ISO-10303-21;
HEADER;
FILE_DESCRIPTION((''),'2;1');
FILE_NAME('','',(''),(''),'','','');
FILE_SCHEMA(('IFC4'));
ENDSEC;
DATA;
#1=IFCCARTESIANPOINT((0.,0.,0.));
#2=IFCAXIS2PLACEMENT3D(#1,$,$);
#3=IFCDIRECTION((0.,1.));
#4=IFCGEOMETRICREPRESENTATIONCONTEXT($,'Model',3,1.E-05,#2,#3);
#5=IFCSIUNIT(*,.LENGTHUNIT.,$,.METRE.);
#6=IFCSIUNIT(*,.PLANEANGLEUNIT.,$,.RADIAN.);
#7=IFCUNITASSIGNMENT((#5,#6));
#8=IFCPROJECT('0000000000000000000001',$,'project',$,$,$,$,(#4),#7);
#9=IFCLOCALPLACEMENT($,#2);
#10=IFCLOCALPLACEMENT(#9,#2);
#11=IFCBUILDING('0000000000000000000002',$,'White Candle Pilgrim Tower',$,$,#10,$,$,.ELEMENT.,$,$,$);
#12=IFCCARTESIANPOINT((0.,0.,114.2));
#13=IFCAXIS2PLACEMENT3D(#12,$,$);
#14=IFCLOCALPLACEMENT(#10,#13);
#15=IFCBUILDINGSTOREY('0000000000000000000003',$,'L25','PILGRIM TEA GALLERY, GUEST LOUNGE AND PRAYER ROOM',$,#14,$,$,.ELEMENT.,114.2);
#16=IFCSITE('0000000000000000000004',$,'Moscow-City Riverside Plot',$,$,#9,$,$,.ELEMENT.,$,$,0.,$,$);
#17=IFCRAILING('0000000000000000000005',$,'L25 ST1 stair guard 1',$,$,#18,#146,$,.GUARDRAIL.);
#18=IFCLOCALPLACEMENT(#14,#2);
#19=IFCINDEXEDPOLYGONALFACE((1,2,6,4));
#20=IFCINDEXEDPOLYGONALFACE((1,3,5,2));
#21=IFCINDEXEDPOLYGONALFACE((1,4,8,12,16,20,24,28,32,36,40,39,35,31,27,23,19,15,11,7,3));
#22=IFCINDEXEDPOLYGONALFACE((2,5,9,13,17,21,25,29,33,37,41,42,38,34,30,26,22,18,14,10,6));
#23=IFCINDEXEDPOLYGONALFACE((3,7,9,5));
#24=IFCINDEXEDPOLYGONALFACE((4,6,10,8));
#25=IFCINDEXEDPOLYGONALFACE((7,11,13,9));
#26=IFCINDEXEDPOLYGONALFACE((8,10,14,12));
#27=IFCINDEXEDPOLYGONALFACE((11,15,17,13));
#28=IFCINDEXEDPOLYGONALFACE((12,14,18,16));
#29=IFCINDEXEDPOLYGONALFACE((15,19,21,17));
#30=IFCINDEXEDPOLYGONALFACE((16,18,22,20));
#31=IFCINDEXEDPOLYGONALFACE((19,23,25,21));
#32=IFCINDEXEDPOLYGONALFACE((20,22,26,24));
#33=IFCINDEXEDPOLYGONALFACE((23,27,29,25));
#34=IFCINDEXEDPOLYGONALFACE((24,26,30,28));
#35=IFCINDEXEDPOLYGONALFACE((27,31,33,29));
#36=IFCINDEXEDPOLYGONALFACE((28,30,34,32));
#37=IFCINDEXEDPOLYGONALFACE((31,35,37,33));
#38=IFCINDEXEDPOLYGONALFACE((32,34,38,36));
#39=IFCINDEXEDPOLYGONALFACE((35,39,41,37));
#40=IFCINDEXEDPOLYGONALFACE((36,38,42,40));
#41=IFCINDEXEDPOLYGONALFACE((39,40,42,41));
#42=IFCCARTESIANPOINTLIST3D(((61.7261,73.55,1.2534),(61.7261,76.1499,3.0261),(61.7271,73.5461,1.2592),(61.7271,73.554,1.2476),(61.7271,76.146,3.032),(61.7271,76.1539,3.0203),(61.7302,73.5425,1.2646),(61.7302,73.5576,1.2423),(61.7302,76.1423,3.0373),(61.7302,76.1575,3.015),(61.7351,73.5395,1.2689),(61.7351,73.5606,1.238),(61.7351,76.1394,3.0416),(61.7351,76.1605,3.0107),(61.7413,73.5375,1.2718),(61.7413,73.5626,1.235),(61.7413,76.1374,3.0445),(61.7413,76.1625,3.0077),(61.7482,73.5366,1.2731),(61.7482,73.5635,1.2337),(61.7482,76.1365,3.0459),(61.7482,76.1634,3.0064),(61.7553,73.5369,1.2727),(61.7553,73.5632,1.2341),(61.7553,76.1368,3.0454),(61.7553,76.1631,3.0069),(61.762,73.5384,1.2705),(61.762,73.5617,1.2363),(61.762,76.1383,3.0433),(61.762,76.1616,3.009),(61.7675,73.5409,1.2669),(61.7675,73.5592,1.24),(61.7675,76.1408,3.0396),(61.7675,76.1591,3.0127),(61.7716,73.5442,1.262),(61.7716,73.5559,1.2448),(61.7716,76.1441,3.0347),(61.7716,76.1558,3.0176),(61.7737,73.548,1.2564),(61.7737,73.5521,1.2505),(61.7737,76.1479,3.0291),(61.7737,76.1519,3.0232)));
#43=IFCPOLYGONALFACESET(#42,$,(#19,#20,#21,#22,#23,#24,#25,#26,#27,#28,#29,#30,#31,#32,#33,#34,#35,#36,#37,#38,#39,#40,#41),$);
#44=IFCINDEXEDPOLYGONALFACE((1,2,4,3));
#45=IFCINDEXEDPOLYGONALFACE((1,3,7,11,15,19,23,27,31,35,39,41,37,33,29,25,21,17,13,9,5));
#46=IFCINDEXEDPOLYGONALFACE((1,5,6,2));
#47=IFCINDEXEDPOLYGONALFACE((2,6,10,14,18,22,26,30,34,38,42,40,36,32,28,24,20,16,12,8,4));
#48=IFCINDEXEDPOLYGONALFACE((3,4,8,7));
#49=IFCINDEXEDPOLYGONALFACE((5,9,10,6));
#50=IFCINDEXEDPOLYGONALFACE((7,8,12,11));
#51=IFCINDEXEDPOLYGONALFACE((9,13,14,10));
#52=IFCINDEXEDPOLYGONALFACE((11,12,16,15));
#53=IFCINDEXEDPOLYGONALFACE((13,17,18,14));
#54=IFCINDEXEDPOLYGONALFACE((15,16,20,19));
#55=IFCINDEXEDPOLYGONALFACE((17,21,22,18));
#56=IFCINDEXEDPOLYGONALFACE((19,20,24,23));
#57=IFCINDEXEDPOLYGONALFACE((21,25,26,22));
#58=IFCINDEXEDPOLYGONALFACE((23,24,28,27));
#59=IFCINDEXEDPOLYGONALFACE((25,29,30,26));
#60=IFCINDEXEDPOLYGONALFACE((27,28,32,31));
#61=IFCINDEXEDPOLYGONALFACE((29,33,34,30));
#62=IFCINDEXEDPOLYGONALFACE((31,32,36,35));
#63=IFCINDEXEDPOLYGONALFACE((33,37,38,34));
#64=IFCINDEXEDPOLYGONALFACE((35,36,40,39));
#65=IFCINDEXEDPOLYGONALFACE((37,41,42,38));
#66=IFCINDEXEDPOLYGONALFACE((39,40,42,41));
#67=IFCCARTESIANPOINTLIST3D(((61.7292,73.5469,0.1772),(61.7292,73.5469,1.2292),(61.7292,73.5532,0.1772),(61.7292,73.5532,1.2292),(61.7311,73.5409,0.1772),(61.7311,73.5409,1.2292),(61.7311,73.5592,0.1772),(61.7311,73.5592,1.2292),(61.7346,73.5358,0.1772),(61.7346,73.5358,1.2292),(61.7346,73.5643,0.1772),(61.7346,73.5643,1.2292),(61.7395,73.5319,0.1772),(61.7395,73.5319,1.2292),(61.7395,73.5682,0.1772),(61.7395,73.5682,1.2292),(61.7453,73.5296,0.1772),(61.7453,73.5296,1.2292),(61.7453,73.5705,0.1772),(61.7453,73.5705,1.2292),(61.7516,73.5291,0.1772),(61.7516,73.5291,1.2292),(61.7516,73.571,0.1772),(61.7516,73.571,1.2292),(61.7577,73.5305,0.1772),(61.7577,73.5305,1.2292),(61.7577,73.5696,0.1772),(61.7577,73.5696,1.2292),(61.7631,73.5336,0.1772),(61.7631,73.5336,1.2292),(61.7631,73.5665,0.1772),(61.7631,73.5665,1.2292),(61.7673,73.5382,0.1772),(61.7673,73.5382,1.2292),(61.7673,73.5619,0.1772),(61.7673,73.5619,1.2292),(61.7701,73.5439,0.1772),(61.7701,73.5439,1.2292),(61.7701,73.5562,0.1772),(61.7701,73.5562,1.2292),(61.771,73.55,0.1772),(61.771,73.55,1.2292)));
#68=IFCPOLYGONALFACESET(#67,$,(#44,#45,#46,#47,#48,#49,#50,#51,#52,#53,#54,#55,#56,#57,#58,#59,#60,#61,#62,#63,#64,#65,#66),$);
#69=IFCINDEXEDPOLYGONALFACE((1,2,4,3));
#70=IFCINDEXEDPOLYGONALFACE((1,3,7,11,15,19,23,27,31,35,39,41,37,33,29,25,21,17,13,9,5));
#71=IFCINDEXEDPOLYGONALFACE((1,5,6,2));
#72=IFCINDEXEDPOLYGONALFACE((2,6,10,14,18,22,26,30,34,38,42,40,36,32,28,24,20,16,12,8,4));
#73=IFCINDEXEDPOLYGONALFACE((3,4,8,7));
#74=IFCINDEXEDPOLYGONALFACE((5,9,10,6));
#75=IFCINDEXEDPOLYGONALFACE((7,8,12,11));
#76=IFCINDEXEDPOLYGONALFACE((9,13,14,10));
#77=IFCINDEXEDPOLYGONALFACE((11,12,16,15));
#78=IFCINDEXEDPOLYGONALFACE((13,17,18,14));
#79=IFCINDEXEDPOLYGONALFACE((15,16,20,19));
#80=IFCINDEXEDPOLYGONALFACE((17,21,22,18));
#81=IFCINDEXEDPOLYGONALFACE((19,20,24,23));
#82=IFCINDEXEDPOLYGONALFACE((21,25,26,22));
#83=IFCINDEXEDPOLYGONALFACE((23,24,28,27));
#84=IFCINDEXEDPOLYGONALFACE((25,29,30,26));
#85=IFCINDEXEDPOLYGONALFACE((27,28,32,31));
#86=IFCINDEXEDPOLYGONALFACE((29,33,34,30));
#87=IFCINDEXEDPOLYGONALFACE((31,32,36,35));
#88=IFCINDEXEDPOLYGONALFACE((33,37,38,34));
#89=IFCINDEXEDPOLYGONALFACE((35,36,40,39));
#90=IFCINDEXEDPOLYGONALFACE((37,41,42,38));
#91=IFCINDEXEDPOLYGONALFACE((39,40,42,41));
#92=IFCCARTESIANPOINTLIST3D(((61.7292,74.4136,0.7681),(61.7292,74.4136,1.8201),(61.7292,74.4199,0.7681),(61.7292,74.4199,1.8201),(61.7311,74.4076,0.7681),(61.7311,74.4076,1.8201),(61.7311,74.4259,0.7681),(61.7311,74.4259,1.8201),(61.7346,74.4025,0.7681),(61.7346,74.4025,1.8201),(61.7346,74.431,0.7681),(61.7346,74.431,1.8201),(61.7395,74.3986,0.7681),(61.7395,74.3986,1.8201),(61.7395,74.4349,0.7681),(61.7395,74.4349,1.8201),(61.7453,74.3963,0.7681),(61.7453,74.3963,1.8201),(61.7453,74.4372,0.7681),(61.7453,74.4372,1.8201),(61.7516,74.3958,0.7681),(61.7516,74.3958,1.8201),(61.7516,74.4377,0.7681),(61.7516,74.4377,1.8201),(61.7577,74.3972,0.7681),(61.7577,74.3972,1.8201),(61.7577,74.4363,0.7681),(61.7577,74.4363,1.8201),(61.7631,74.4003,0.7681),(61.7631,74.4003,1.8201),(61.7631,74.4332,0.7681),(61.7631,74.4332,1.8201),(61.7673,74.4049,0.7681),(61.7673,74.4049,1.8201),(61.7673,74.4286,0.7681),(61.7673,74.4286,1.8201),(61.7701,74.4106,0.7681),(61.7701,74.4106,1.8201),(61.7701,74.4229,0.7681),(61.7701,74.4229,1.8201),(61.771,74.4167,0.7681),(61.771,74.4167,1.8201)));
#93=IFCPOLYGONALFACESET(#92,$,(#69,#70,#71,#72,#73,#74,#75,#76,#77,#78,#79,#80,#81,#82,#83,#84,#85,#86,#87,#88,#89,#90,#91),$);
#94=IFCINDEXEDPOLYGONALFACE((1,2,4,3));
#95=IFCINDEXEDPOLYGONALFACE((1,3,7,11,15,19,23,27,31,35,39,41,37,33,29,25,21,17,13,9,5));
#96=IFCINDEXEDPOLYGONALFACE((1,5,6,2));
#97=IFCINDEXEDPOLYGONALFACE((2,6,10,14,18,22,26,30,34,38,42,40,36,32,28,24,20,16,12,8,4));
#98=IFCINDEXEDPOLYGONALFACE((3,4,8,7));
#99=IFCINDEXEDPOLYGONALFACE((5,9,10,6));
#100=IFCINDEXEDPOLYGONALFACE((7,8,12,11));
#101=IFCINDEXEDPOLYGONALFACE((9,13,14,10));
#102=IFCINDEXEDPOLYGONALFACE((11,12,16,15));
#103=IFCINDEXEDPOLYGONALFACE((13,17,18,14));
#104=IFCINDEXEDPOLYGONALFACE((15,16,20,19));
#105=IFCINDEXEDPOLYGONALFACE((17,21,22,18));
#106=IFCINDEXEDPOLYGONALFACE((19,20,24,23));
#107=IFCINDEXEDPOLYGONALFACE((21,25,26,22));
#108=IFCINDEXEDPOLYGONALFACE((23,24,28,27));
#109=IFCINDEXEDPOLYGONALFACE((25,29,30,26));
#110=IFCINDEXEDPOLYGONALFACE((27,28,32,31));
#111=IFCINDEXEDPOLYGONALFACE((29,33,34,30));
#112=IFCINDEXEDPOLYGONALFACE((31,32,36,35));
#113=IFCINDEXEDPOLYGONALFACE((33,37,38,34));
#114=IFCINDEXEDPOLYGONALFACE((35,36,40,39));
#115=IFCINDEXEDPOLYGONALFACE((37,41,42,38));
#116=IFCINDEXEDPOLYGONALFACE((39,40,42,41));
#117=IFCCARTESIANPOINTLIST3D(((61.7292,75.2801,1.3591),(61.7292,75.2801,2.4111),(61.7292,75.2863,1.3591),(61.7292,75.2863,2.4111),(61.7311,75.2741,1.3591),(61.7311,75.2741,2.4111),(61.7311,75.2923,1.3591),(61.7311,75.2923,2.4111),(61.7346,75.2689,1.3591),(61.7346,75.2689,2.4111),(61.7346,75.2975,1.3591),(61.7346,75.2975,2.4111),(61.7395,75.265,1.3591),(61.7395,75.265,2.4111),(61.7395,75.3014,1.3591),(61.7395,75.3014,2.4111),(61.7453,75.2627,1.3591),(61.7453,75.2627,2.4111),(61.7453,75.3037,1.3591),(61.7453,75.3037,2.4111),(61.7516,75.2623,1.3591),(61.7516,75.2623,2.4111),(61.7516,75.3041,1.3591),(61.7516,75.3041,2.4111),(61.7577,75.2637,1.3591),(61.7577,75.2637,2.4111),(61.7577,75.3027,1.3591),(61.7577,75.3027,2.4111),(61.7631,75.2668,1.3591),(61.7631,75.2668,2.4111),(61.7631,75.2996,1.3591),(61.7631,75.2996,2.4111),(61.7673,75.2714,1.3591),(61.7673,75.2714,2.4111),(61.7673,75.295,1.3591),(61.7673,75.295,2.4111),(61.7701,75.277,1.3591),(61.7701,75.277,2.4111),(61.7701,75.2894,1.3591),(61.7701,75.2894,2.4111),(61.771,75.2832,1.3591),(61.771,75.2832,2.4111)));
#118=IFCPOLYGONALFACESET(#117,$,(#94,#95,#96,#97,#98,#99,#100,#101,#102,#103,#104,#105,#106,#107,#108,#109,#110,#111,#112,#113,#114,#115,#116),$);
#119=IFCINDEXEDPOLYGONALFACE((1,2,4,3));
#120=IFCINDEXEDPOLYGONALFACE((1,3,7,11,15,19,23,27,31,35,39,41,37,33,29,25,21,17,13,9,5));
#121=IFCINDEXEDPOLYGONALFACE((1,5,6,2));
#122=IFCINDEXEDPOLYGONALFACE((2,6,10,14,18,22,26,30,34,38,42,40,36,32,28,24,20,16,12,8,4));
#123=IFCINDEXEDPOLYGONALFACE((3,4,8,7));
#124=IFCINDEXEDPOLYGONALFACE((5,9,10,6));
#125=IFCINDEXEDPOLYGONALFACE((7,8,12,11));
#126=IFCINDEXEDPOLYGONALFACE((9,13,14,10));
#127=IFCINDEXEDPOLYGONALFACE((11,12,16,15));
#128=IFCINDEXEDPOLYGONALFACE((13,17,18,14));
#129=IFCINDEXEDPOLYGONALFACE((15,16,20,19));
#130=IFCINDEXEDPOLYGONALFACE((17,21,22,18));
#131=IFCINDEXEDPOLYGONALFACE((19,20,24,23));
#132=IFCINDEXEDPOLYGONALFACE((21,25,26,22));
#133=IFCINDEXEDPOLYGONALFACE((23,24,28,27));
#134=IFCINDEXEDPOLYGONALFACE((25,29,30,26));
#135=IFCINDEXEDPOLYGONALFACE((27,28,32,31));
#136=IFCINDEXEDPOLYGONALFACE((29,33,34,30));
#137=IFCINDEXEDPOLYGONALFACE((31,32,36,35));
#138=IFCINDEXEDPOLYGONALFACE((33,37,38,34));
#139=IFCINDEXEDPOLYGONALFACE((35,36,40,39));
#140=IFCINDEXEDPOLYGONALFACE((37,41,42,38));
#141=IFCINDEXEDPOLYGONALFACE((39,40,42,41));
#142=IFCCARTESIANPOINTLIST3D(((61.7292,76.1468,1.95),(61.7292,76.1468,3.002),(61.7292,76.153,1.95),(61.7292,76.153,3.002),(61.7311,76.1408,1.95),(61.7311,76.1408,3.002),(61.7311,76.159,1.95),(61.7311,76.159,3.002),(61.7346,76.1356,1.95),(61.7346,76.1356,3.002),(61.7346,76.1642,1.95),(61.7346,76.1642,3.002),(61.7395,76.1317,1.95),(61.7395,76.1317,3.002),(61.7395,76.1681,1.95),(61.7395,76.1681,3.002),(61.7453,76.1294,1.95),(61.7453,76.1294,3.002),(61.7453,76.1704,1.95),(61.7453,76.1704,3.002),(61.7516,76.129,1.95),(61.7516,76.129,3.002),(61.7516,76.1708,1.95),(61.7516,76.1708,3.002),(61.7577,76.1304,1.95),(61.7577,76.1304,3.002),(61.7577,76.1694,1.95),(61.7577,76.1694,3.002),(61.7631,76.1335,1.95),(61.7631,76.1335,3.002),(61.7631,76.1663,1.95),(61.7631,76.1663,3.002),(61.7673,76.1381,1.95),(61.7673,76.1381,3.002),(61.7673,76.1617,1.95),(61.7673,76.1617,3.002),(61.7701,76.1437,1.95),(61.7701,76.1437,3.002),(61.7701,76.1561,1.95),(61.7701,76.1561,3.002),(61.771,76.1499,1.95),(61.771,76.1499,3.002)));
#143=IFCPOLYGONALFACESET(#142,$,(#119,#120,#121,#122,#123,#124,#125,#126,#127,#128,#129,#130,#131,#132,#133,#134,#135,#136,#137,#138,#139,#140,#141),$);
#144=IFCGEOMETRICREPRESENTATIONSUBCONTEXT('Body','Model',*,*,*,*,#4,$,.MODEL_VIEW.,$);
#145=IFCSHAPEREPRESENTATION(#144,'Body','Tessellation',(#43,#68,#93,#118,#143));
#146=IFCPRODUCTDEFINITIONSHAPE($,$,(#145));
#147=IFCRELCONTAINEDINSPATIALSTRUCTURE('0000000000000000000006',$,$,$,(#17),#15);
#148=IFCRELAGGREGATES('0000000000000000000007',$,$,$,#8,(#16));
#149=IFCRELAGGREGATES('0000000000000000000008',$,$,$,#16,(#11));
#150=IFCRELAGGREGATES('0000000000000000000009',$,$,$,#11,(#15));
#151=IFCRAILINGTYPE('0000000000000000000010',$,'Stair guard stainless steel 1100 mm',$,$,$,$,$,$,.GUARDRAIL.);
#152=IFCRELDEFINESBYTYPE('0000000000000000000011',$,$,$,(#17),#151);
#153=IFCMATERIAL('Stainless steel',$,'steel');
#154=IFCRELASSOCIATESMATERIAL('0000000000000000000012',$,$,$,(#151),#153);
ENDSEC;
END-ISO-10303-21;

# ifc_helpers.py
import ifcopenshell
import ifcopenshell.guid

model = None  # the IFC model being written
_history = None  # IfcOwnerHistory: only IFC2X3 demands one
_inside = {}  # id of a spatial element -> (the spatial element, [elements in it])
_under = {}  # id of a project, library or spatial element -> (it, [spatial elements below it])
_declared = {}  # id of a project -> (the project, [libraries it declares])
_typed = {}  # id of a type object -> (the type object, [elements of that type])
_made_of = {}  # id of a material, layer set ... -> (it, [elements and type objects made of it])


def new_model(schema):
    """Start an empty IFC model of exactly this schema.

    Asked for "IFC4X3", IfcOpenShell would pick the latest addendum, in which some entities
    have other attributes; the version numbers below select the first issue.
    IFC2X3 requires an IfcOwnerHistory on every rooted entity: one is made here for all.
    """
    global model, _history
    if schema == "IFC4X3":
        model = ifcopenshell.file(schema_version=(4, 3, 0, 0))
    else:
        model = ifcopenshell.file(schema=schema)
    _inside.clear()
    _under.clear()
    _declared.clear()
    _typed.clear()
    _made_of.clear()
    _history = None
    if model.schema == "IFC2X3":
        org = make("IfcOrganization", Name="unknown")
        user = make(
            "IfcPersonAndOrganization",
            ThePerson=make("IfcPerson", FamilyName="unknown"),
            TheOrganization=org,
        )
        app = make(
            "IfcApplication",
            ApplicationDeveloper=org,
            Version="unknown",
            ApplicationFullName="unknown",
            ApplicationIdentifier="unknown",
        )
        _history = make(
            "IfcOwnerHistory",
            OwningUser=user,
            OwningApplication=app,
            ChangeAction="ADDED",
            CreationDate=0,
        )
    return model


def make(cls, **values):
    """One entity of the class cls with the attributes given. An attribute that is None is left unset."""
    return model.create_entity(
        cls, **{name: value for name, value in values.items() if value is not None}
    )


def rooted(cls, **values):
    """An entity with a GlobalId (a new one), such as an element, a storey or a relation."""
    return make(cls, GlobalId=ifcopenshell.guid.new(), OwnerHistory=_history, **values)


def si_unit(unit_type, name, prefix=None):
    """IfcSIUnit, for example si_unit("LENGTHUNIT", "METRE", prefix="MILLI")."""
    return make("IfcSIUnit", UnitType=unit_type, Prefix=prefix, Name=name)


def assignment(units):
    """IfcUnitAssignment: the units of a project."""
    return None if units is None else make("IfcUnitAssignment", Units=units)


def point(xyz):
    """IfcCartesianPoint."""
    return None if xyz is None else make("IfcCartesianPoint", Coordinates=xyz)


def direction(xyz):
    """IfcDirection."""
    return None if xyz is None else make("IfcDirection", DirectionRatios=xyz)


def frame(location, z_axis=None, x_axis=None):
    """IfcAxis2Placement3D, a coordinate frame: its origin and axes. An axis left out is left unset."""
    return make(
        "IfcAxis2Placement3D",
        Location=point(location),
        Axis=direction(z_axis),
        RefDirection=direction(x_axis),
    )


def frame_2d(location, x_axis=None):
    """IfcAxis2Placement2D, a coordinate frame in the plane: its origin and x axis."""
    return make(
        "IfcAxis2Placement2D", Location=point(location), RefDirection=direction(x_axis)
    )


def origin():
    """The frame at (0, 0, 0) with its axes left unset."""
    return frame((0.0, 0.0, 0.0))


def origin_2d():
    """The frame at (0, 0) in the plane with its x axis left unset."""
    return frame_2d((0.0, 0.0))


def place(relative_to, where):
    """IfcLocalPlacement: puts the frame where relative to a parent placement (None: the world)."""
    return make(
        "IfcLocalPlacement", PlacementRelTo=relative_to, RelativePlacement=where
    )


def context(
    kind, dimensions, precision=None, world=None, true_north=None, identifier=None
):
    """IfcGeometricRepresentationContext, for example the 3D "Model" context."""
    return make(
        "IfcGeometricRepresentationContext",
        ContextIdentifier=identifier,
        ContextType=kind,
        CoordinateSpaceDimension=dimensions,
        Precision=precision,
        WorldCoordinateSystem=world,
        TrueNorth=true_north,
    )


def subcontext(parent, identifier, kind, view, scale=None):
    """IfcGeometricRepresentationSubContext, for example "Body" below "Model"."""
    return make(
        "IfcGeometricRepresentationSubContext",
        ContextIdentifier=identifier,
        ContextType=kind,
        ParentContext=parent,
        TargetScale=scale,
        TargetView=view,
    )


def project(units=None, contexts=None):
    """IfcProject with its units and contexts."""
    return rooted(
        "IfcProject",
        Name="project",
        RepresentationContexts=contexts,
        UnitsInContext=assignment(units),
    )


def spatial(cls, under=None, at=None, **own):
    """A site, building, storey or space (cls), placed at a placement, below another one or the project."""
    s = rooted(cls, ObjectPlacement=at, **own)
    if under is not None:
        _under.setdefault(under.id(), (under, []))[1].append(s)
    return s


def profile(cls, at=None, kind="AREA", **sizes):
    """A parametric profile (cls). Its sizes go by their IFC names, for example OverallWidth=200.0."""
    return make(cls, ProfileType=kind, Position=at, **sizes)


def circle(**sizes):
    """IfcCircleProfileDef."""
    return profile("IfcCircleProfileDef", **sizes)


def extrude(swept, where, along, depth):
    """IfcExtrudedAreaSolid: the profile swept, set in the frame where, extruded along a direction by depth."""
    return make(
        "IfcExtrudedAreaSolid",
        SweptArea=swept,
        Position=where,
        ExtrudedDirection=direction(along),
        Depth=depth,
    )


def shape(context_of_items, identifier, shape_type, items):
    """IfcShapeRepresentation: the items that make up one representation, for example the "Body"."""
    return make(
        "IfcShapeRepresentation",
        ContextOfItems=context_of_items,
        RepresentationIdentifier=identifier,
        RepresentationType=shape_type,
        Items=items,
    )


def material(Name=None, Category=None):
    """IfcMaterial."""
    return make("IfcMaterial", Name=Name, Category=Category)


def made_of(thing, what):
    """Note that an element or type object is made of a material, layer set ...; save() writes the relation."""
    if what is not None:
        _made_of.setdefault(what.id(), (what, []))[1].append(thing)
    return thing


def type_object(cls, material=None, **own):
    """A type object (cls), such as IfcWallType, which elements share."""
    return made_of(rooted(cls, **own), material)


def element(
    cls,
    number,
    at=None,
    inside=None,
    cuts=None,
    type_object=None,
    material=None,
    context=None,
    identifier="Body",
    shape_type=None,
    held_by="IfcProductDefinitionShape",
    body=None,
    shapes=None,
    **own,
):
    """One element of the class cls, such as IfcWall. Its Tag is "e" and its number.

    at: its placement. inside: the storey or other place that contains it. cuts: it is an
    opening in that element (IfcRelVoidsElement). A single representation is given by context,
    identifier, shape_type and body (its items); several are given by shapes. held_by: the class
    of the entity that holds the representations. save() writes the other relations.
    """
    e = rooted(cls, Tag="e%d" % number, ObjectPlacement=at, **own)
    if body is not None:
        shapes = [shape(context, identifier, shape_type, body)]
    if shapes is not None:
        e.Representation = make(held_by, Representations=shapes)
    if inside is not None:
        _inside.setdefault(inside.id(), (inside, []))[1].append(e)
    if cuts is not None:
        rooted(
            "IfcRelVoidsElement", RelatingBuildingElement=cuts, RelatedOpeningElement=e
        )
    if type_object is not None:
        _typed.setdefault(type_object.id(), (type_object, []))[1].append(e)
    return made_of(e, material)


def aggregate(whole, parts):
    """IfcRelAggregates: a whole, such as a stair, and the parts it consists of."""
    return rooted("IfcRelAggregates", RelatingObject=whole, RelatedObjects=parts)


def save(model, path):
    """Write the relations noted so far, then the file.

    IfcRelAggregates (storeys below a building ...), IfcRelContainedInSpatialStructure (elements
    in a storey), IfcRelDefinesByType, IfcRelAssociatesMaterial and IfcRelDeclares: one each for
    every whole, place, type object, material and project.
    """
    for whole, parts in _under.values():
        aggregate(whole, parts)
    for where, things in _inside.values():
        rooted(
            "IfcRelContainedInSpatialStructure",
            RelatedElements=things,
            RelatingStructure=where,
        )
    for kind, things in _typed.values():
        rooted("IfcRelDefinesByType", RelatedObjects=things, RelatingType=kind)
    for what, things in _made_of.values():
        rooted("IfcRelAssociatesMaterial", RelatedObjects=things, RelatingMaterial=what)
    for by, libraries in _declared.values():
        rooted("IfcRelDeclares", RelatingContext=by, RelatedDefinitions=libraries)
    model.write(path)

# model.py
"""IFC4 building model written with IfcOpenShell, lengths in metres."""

from ifc_helpers import new_model, si_unit, direction, frame, origin, origin_2d, place, context, subcontext, project, spatial, circle, extrude, material, type_object, element, save


model = new_model("IFC4")

# Units and contexts
model_context = context("Model", 3, precision=1e-05, world=origin(), true_north=direction((0.0, 1.0)))
body_context = subcontext(model_context, "Body", "Model", "MODEL_VIEW")
ifc_project = project(units=[si_unit("LENGTHUNIT", "METRE"), si_unit("PLANEANGLEUNIT", "RADIAN")], contexts=[model_context])

# Site, building, storey
site_placement = place(None, origin())
site = spatial("IfcSite", under=ifc_project, at=site_placement, Name="Moscow-City Riverside Plot", CompositionType="ELEMENT", RefElevation=0.0)
building_placement = place(site_placement, origin())
building = spatial("IfcBuilding", under=site, at=building_placement, Name="White Candle Pilgrim Tower", CompositionType="ELEMENT")
storey_placement = place(building_placement, frame((0.0, 0.0, 114.2)))
storey = spatial("IfcBuildingStorey", under=building, at=storey_placement, Name="L25", Description="PILGRIM TEA GALLERY, GUEST LOUNGE AND PRAYER ROOM", CompositionType="ELEMENT", Elevation=114.2)

# Railing
ifc_material_1 = material(Name="Stainless steel", Category="steel")
railing_type_1 = type_object("IfcRailingType", Name="Stair guard stainless steel 1100 mm", PredefinedType="GUARDRAIL", material=ifc_material_1)
railing_1_placement = place(storey_placement, frame((61.75, 73.55, 0.1772)))
element("IfcRailing", 1, at=railing_1_placement, inside=storey, type_object=railing_type_1, Name="L25 ST1 stair guard 1", PredefinedType="GUARDRAIL", context=body_context, shape_type="SweptSolid", body=[
    extrude(circle(Radius=0.0239, at=origin_2d()), frame((0.0, 0.0, 1.0762), z_axis=(0.0, 0.826216, 0.563354), x_axis=(-1.0, 0.0, 0.0)), (0.0, 0.0, 1.0), 3.1467),
    extrude(circle(Radius=0.021, at=origin_2d()), origin(), (0.0, 0.0, 1.0), 1.052),
    extrude(circle(Radius=0.021, at=origin_2d()), frame((0.0, 0.8667, 0.5908)), (0.0, 0.0, 1.0), 1.052),
    extrude(circle(Radius=0.021, at=origin_2d()), frame((0.0, 1.7332, 1.1819)), (0.0, 0.0, 1.0), 1.052),
    extrude(circle(Radius=0.021, at=origin_2d()), frame((0.0, 2.5999, 1.7727)), (0.0, 0.0, 1.0), 1.052),
])

save(model, "model.ifc")
